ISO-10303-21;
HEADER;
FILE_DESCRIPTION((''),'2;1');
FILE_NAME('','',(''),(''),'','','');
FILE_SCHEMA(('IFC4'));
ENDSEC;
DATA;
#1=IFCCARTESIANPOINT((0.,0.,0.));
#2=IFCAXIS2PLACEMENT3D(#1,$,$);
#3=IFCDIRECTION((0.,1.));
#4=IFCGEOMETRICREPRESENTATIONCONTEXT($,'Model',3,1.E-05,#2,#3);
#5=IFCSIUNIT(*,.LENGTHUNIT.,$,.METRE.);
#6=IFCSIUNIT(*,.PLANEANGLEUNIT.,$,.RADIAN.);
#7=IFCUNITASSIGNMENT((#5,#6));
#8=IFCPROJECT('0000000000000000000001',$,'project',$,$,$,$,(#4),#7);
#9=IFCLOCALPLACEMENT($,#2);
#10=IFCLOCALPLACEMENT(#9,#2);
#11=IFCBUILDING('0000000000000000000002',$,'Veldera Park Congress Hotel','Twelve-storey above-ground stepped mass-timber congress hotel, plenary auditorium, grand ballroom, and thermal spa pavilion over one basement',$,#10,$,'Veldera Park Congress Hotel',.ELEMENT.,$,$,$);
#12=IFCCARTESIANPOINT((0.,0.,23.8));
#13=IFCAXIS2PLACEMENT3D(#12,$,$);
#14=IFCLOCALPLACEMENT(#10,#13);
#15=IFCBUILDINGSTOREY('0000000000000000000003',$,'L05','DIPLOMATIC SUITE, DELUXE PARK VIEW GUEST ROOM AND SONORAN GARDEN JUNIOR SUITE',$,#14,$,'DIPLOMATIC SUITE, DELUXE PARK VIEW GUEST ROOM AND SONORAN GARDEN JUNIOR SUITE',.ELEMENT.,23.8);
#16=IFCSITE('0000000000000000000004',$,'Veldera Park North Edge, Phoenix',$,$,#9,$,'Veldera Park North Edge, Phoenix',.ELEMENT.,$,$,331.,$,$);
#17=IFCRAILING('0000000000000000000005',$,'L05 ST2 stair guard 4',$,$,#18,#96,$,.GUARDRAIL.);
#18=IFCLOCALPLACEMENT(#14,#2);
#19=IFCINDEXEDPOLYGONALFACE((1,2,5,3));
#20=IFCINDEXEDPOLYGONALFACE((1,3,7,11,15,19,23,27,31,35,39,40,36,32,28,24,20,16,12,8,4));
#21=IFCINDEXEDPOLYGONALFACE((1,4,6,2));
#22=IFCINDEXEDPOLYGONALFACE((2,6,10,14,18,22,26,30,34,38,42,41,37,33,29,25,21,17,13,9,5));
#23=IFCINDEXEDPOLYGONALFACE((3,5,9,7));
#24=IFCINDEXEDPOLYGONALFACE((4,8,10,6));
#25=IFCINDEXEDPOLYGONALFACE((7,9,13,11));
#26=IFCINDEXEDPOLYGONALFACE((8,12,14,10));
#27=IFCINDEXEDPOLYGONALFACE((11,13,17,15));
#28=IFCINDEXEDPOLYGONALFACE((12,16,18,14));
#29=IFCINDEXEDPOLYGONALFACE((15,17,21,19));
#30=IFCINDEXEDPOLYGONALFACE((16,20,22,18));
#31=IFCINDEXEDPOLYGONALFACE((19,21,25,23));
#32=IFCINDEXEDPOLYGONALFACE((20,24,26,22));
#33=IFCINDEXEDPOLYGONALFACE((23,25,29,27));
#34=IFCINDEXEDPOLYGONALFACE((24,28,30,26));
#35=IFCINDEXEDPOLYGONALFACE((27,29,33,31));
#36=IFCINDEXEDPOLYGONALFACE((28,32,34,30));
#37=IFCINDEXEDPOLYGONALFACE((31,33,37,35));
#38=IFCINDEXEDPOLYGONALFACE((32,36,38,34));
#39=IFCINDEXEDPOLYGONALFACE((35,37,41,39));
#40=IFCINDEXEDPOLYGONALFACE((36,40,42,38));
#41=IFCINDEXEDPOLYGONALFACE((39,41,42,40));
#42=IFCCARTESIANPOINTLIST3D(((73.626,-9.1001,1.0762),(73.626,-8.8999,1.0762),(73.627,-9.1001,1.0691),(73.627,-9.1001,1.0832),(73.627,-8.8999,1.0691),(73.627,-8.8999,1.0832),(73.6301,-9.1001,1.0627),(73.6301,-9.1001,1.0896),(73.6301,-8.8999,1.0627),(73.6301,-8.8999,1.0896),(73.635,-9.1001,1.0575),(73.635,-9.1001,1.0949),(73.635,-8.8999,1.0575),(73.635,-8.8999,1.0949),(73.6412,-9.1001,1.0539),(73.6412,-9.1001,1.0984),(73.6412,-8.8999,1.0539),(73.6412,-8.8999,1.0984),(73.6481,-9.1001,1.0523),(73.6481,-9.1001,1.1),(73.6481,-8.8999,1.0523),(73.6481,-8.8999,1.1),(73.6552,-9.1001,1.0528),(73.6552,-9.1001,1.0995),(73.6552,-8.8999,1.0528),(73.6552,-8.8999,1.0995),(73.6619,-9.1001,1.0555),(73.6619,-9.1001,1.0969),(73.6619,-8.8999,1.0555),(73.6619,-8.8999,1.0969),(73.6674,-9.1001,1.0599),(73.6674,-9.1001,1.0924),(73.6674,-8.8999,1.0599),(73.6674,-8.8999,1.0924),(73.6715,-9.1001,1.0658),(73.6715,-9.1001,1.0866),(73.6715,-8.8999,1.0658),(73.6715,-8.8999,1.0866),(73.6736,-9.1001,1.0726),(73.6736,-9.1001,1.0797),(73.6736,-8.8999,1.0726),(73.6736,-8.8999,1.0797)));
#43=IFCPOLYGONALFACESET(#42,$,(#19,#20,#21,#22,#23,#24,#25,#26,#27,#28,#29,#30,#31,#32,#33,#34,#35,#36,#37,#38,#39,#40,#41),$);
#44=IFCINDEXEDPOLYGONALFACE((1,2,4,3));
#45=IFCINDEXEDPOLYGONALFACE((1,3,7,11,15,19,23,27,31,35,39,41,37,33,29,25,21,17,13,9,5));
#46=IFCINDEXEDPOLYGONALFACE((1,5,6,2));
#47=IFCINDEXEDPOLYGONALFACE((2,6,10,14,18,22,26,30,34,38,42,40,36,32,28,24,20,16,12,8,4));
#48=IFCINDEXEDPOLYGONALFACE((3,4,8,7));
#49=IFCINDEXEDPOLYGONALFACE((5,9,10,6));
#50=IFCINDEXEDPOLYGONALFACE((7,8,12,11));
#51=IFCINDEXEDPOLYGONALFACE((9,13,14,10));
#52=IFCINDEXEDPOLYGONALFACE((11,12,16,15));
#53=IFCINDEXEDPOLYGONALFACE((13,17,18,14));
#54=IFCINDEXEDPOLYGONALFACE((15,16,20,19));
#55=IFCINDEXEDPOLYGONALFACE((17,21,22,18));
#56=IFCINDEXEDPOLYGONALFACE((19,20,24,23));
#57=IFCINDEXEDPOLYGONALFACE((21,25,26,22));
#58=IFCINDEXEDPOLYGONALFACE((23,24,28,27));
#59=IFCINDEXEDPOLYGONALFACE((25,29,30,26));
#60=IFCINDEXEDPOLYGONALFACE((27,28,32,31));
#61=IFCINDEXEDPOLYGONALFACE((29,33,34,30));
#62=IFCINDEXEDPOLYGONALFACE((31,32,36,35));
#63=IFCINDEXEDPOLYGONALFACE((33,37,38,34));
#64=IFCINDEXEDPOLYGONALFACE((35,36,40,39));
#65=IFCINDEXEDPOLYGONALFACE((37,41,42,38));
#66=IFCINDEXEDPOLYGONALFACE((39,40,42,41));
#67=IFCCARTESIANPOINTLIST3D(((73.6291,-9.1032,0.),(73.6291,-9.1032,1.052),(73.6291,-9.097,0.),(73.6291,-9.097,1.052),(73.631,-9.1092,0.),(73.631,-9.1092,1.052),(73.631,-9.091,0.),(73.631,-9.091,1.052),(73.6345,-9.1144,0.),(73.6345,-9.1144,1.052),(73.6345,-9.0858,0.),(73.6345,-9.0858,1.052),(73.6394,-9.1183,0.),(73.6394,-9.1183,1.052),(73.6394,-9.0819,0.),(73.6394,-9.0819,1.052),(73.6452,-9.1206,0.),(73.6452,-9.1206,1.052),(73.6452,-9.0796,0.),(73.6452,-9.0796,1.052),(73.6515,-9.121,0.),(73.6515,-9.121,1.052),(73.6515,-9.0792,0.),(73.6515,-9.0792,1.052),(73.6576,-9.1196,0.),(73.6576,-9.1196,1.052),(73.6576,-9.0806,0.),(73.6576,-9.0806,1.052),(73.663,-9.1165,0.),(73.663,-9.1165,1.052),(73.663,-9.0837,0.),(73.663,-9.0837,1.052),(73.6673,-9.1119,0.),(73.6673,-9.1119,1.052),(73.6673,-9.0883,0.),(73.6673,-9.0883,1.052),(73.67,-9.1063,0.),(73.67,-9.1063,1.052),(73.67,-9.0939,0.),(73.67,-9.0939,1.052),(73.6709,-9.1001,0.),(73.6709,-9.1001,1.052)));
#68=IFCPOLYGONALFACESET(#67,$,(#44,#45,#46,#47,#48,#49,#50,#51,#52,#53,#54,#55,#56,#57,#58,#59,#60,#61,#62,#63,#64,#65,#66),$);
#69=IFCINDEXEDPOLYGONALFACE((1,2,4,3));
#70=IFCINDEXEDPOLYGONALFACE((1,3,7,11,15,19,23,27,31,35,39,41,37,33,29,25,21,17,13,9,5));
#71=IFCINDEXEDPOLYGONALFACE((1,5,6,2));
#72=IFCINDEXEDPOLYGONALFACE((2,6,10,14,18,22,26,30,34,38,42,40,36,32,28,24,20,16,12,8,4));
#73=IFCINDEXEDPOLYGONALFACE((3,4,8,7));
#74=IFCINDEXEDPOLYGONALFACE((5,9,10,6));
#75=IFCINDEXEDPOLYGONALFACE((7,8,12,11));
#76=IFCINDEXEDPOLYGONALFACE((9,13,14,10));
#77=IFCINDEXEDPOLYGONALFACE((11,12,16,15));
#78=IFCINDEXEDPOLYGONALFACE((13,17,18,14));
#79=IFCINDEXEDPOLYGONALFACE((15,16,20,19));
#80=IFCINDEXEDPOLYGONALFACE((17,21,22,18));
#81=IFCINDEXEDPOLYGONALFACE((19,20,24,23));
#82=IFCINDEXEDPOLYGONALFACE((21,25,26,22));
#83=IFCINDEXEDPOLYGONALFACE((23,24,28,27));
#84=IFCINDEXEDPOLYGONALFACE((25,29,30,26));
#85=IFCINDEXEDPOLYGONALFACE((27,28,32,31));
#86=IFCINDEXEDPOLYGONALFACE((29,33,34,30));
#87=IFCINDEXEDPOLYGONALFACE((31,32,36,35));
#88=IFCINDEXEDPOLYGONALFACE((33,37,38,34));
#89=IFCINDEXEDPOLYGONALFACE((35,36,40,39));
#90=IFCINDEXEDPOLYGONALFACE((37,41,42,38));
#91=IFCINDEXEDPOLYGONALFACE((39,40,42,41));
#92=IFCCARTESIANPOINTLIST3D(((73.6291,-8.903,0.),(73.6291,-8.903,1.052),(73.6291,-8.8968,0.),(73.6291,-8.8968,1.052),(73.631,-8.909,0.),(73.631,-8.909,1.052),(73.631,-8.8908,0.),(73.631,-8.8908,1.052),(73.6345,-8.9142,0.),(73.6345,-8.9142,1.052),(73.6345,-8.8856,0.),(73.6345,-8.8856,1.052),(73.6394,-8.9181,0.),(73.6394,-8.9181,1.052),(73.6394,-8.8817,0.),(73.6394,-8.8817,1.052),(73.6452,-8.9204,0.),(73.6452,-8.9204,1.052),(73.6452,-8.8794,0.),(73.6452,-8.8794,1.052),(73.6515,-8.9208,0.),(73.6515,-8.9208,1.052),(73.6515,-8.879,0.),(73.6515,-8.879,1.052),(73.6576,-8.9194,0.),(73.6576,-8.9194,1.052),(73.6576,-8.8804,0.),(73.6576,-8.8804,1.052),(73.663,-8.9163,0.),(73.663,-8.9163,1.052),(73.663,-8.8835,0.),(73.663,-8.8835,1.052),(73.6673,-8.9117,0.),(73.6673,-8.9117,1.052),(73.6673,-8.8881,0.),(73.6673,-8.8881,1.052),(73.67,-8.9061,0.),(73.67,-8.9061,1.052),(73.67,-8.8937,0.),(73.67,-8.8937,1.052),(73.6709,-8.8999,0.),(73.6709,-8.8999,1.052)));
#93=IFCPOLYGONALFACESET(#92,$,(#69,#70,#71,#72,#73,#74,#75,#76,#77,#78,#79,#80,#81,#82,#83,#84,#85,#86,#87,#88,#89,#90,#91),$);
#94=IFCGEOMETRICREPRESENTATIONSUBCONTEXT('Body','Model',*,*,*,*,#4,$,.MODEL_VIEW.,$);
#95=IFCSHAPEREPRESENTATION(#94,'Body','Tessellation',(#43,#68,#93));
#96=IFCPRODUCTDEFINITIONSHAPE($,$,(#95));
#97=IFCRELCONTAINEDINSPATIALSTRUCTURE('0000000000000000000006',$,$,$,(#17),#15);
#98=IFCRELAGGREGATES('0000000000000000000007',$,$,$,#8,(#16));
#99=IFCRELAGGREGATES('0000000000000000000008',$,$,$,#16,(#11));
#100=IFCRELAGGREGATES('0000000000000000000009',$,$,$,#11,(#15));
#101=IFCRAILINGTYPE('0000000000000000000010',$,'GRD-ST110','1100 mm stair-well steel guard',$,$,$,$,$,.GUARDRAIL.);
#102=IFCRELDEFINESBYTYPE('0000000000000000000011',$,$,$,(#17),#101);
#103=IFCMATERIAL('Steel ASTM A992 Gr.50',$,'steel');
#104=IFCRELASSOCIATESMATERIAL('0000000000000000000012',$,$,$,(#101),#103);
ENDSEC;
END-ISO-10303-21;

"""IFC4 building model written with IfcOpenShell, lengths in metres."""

from ifc_helpers import new_model, si_unit, direction, frame, origin, origin_2d, place, context, subcontext, project, spatial, circle, extrude, material, type_object, element, save


model = new_model("IFC4")

# Units and contexts
model_context = context("Model", 3, precision=1e-05, world=origin(), true_north=direction((0.0, 1.0)))
body_context = subcontext(model_context, "Body", "Model", "MODEL_VIEW")
ifc_project = project(units=[si_unit("LENGTHUNIT", "METRE"), si_unit("PLANEANGLEUNIT", "RADIAN")], contexts=[model_context])

# Site, building, storey
site_placement = place(None, origin())
site = spatial("IfcSite", under=ifc_project, at=site_placement, Name="Veldera Park North Edge, Phoenix", LongName="Veldera Park North Edge, Phoenix", CompositionType="ELEMENT", RefElevation=331.0)
building_placement = place(site_placement, origin())
building = spatial("IfcBuilding", under=site, at=building_placement, Name="Veldera Park Congress Hotel", Description="Twelve-storey above-ground stepped mass-timber congress hotel, plenary auditorium, grand ballroom, and thermal spa pavilion over one basement", LongName="Veldera Park Congress Hotel", CompositionType="ELEMENT")
storey_placement = place(building_placement, frame((0.0, 0.0, 23.8)))
storey = spatial("IfcBuildingStorey", under=building, at=storey_placement, Name="L05", Description="DIPLOMATIC SUITE, DELUXE PARK VIEW GUEST ROOM AND SONORAN GARDEN JUNIOR SUITE", LongName="DIPLOMATIC SUITE, DELUXE PARK VIEW GUEST ROOM AND SONORAN GARDEN JUNIOR SUITE", CompositionType="ELEMENT", Elevation=23.8)

# Railing
ifc_material_1 = material(Name="Steel ASTM A992 Gr.50", Category="steel")
railing_type_1 = type_object("IfcRailingType", Name="GRD-ST110", Description="1100 mm stair-well steel guard", PredefinedType="GUARDRAIL", material=ifc_material_1)
railing_1_placement = place(storey_placement, frame((73.6499, -9.1001, 0.0)))
element("IfcRailing", 1, at=railing_1_placement, inside=storey, type_object=railing_type_1, Name="L05 ST2 stair guard 4", PredefinedType="GUARDRAIL", context=body_context, shape_type="SweptSolid", body=[
    extrude(circle(Radius=0.0239, at=origin_2d()), frame((0.0, 0.0, 1.0762), z_axis=(0.0, 1.0, 0.0), x_axis=(-1.0, 0.0, 0.0)), (0.0, 0.0, 1.0), 0.2002),
    extrude(circle(Radius=0.021, at=origin_2d()), origin(), (0.0, 0.0, 1.0), 1.052),
    extrude(circle(Radius=0.021, at=origin_2d()), frame((0.0, 0.2002, 0.0)), (0.0, 0.0, 1.0), 1.052),
])

save(model, "model.ifc")
